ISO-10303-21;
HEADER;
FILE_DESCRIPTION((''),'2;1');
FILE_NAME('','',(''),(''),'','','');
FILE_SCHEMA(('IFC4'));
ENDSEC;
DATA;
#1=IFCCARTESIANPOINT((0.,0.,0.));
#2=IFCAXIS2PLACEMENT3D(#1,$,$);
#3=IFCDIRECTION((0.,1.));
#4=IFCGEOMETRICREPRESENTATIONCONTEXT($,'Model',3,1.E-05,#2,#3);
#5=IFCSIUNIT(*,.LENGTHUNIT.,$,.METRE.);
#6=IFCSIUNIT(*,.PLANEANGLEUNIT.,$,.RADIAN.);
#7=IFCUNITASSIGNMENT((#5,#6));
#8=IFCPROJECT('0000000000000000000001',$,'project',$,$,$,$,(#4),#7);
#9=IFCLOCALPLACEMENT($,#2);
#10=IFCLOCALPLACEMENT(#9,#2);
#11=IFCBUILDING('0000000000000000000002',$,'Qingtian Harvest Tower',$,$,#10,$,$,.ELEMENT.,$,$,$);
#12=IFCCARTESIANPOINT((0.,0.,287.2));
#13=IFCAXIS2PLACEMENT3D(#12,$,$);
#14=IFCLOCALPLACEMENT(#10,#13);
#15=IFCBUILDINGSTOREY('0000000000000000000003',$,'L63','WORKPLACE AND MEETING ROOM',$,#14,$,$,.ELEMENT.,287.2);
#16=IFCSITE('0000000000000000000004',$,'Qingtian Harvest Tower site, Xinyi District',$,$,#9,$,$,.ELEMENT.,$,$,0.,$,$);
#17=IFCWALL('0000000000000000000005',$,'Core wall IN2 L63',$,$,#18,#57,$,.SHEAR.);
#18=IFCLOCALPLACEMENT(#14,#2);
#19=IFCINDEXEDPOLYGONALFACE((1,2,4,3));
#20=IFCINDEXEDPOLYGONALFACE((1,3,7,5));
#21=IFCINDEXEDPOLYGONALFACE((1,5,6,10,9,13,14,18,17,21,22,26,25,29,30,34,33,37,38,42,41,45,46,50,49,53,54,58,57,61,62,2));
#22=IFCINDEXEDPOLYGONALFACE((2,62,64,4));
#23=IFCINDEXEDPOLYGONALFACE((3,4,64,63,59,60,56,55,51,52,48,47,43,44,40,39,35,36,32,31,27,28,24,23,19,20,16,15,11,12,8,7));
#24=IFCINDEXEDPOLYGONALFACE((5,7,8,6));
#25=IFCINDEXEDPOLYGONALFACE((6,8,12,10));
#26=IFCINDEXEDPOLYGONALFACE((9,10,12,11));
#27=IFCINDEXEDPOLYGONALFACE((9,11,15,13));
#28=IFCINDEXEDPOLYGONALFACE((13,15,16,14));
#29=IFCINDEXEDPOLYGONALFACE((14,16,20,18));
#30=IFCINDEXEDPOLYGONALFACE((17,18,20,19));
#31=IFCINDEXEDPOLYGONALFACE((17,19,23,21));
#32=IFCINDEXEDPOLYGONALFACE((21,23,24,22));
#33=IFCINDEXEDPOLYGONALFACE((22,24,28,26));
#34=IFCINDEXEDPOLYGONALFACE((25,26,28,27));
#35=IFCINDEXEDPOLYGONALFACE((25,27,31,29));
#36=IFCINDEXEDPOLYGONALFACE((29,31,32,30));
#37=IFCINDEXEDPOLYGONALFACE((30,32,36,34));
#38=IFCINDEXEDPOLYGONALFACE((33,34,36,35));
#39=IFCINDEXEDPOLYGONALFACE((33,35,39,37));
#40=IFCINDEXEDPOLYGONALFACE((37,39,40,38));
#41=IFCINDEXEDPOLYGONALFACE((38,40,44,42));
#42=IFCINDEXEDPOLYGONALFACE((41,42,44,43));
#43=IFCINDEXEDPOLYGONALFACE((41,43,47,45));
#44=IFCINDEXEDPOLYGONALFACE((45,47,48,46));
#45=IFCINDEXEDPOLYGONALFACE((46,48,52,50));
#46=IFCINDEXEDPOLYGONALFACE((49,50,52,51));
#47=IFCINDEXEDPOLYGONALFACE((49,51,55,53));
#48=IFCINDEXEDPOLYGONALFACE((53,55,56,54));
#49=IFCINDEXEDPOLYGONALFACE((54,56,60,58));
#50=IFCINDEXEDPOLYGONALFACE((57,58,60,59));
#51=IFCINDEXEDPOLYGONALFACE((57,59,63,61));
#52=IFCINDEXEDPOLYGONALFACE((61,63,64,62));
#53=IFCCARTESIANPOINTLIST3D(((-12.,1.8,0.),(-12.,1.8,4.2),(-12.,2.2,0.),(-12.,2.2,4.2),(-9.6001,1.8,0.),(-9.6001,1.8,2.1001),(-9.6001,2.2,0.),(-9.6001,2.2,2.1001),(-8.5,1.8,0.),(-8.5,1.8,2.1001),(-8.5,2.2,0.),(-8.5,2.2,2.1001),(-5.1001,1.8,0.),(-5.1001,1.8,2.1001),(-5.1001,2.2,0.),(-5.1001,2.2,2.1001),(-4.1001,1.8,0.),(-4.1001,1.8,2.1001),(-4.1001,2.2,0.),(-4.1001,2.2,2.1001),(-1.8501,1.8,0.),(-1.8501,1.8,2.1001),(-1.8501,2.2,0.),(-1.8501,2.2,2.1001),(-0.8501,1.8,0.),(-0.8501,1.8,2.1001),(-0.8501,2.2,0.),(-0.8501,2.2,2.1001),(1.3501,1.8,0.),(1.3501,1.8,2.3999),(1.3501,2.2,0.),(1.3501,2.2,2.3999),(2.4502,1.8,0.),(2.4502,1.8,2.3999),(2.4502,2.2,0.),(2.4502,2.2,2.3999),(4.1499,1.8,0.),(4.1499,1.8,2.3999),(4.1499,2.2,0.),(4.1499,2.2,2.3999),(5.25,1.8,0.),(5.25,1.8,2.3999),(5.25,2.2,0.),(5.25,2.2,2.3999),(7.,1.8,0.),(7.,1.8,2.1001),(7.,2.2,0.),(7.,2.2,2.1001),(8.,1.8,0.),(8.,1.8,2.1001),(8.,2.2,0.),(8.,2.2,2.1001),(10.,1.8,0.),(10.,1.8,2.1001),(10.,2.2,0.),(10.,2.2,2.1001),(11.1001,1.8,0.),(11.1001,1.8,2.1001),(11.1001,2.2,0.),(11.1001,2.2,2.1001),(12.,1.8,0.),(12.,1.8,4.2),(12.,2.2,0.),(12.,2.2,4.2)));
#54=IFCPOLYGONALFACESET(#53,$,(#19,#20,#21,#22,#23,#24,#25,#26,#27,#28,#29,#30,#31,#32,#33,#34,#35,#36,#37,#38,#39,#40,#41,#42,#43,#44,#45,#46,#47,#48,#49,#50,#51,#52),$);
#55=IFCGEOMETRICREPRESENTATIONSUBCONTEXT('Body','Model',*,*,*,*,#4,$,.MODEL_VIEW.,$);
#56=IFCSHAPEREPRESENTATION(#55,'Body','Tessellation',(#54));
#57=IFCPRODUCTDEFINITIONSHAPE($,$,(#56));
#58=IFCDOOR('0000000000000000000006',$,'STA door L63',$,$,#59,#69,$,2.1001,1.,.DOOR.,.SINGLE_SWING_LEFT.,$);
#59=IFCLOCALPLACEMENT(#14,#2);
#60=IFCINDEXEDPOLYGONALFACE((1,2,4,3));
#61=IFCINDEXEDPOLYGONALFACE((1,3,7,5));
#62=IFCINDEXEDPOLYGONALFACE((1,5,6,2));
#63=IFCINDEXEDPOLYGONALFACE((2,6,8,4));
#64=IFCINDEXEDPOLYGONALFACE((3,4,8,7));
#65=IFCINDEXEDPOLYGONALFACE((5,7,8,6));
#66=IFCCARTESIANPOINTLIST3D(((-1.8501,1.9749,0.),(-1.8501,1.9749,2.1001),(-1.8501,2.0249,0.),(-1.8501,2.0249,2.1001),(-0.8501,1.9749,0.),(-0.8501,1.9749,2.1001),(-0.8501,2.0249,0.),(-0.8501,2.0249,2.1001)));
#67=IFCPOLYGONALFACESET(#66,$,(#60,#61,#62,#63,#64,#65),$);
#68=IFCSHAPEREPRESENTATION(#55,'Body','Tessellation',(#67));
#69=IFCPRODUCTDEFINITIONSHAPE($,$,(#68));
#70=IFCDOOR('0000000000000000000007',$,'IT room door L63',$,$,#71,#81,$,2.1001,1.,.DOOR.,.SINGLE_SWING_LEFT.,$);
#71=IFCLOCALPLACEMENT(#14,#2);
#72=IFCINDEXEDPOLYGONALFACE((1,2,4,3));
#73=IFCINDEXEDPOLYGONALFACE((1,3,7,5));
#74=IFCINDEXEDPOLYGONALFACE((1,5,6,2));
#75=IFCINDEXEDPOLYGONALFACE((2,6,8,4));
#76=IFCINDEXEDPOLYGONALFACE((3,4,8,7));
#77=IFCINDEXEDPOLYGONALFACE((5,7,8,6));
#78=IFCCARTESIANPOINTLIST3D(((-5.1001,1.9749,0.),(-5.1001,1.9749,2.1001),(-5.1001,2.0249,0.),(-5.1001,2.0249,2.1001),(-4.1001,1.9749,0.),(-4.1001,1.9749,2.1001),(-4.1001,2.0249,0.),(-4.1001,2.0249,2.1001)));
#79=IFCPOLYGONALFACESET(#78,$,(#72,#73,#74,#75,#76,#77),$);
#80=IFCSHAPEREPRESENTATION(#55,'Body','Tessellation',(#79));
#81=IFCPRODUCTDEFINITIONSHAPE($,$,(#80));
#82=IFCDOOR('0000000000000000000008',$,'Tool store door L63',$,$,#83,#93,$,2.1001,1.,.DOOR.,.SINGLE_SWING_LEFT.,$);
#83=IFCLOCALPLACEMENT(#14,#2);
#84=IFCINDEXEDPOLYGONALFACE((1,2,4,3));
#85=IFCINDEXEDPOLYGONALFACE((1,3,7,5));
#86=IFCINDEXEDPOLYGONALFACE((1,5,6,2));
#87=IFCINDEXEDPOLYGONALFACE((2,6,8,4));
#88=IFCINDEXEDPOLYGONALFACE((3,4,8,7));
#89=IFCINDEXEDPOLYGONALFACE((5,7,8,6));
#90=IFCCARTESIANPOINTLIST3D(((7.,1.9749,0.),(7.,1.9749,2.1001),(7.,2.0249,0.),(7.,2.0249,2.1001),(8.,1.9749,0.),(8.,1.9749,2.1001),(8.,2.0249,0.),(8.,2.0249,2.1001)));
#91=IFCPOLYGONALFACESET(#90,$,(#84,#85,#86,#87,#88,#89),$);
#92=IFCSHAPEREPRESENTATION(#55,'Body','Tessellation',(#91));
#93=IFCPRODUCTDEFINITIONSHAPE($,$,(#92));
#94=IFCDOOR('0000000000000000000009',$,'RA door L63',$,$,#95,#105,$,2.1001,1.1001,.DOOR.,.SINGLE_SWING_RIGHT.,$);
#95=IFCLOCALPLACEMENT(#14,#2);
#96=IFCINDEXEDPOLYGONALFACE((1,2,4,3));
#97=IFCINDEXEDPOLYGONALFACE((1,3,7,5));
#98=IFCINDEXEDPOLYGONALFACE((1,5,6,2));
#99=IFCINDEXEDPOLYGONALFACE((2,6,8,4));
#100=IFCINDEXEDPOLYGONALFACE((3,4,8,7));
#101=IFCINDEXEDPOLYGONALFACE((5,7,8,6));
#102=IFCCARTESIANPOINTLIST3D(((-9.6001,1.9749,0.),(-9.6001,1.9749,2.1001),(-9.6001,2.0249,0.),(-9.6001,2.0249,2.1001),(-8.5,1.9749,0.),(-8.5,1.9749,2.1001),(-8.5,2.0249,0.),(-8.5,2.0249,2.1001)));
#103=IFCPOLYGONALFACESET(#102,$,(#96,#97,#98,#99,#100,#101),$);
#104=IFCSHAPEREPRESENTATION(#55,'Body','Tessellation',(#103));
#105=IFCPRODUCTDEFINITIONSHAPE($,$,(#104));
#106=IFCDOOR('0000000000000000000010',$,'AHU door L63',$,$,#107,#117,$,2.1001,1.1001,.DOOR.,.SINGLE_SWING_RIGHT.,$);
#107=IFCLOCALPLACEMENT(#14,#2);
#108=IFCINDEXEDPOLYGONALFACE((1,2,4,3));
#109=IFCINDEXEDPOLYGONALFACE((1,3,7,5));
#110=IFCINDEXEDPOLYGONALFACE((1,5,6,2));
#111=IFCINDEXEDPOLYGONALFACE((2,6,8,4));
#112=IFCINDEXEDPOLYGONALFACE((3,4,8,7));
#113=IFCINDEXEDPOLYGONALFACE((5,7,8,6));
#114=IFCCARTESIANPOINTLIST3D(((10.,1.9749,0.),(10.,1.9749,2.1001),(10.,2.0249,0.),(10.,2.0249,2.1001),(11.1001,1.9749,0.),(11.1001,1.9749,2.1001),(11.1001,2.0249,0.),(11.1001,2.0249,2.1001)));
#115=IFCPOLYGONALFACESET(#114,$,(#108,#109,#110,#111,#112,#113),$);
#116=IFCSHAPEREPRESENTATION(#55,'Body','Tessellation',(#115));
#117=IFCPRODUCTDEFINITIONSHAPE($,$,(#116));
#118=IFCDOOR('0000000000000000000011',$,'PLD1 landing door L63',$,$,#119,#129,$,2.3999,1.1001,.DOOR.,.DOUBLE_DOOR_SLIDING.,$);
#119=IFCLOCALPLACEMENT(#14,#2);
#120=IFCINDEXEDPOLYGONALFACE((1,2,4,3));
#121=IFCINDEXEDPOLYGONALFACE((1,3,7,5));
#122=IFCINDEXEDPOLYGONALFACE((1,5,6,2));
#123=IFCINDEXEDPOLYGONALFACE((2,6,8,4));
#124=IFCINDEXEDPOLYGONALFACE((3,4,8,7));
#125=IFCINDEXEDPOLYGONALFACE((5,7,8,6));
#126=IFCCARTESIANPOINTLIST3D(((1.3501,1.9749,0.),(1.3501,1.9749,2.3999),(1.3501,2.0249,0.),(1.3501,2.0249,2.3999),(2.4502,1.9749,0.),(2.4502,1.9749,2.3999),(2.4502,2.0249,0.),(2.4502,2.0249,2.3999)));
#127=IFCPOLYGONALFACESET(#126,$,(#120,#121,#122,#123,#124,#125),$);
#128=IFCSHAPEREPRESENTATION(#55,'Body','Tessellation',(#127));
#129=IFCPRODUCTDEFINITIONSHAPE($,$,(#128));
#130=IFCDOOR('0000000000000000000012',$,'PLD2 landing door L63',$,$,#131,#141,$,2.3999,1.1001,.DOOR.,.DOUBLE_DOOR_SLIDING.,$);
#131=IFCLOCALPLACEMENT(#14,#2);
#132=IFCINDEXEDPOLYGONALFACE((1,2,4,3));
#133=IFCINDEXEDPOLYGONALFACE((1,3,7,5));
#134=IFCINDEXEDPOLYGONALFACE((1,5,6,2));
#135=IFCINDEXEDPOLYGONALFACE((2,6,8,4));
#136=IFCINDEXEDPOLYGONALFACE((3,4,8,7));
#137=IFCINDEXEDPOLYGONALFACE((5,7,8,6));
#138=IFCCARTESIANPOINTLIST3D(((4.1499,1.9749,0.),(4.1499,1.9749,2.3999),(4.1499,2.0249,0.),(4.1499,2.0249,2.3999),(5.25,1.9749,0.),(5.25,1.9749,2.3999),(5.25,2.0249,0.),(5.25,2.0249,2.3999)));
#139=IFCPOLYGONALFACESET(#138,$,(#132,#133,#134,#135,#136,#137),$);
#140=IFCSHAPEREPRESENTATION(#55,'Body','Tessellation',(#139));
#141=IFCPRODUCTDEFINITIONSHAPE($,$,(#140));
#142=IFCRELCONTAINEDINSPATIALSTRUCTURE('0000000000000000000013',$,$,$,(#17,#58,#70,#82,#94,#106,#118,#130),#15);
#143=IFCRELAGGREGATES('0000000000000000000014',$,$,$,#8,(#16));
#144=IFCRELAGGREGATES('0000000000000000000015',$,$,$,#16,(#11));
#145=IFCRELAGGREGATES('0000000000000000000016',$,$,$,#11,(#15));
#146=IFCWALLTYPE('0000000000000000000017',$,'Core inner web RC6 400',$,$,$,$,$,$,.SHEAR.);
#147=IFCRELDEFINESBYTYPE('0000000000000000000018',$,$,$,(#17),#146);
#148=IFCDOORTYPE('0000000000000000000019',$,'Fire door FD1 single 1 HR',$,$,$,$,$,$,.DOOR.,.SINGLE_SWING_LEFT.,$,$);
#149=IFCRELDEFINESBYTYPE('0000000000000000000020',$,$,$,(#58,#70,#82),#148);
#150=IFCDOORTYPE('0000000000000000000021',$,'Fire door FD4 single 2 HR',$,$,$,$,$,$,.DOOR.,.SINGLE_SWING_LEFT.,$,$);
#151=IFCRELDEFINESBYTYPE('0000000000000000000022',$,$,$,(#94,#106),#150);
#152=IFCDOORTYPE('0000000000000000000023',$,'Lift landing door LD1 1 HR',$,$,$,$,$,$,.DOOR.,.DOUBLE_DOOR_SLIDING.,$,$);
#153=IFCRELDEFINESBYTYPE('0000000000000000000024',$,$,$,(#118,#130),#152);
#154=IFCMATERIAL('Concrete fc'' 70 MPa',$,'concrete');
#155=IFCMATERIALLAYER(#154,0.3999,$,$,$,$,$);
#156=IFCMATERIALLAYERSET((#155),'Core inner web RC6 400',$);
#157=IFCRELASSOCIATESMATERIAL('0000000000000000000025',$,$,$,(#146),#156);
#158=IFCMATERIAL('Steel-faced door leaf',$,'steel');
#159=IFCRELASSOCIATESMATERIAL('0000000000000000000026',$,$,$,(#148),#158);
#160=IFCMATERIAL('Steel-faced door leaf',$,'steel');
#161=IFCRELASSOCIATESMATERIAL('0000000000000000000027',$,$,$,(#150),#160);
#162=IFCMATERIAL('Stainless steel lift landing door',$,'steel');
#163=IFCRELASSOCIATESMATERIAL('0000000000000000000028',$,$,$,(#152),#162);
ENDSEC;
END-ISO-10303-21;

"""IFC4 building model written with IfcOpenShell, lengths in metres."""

from ifc_helpers import new_model, si_unit, direction, frame, frame_2d, origin, place, context, subcontext, project, spatial, rectangle, extrude, material, layer, layer_set, type_object, element, fill, save


model = new_model("IFC4")

# Units and contexts
model_context = context("Model", 3, precision=1e-05, world=origin(), true_north=direction((0.0, 1.0)))
body_context = subcontext(model_context, "Body", "Model", "MODEL_VIEW")
ifc_project = project(units=[si_unit("LENGTHUNIT", "METRE"), si_unit("PLANEANGLEUNIT", "RADIAN")], contexts=[model_context])

# Site, building, storey
site_placement = place(None, origin())
site = spatial("IfcSite", under=ifc_project, at=site_placement, Name="Qingtian Harvest Tower site, Xinyi District", CompositionType="ELEMENT", RefElevation=0.0)
building_placement = place(site_placement, origin())
building = spatial("IfcBuilding", under=site, at=building_placement, Name="Qingtian Harvest Tower", CompositionType="ELEMENT")
storey_placement = place(building_placement, frame((0.0, 0.0, 287.2)))
storey = spatial("IfcBuildingStorey", under=building, at=storey_placement, Name="L63", Description="WORKPLACE AND MEETING ROOM", CompositionType="ELEMENT", Elevation=287.2)

# Wall, openings, doors
ifc_material_1 = material(Name="Concrete fc' 70 MPa", Category="concrete")
ifc_layer_1 = layer(ifc_material_1, 0.3999)
ifc_layer_set_1 = layer_set([ifc_layer_1], Name="Core inner web RC6 400")
wall_type_1 = type_object("IfcWallType", Name="Core inner web RC6 400", PredefinedType="SHEAR", material=ifc_layer_set_1)
wall_1_placement = place(storey_placement, frame((-12.0, 2.0, 0.0), z_axis=(0.0, 0.0, 1.0), x_axis=(1.0, 0.0, 0.0)))
wall_1 = element("IfcWall", 1, at=wall_1_placement, inside=storey, type_object=wall_type_1, Name="Core wall IN2 L63", PredefinedType="SHEAR", context=body_context, shape_type="SweptSolid", body=[
    extrude(rectangle(XDim=24.0, YDim=0.3999, at=frame_2d((12.0, 0.0))), origin(), (0.0, 0.0, 1.0), 4.2),
])
opening_1_placement = place(wall_1_placement, frame((2.3999, 0.0, 0.0)))
opening_1 = element("IfcOpeningElement", 2, at=opening_1_placement, cuts=wall_1, PredefinedType="OPENING", context=body_context, shape_type="SweptSolid", body=[
    extrude(rectangle(XDim=1.1001, YDim=2.1001, at=frame_2d((0.55, 1.05))), frame((0.0, 0.21, 0.0), z_axis=(0.0, -1.0, 0.0), x_axis=(1.0, 0.0, 0.0)), (0.0, 0.0, 1.0), 0.4199),
])
opening_2_placement = place(wall_1_placement, frame((22.0, 0.0, 0.0)))
opening_2 = element("IfcOpeningElement", 3, at=opening_2_placement, cuts=wall_1, PredefinedType="OPENING", context=body_context, shape_type="SweptSolid", body=[
    extrude(rectangle(XDim=1.1001, YDim=2.1001, at=frame_2d((0.55, 1.05))), frame((0.0, 0.21, 0.0), z_axis=(0.0, -1.0, 0.0), x_axis=(1.0, 0.0, 0.0)), (0.0, 0.0, 1.0), 0.4199),
])
opening_3_placement = place(wall_1_placement, frame((10.1499, 0.0, 0.0)))
opening_3 = element("IfcOpeningElement", 4, at=opening_3_placement, cuts=wall_1, PredefinedType="OPENING", context=body_context, shape_type="SweptSolid", body=[
    extrude(rectangle(XDim=1.0, YDim=2.1001, at=frame_2d((0.5, 1.05))), frame((0.0, 0.21, 0.0), z_axis=(0.0, -1.0, 0.0), x_axis=(1.0, 0.0, 0.0)), (0.0, 0.0, 1.0), 0.4199),
])
opening_4_placement = place(wall_1_placement, frame((6.8999, 0.0, 0.0)))
opening_4 = element("IfcOpeningElement", 5, at=opening_4_placement, cuts=wall_1, PredefinedType="OPENING", context=body_context, shape_type="SweptSolid", body=[
    extrude(rectangle(XDim=1.0, YDim=2.1001, at=frame_2d((0.5, 1.05))), frame((0.0, 0.21, 0.0), z_axis=(0.0, -1.0, 0.0), x_axis=(1.0, 0.0, 0.0)), (0.0, 0.0, 1.0), 0.4199),
])
opening_5_placement = place(wall_1_placement, frame((13.3501, 0.0, 0.0)))
opening_5 = element("IfcOpeningElement", 6, at=opening_5_placement, cuts=wall_1, PredefinedType="OPENING", context=body_context, shape_type="SweptSolid", body=[
    extrude(rectangle(XDim=1.1001, YDim=2.3999, at=frame_2d((0.55, 1.2))), frame((0.0, 0.21, 0.0), z_axis=(0.0, -1.0, 0.0), x_axis=(1.0, 0.0, 0.0)), (0.0, 0.0, 1.0), 0.4199),
])
opening_6_placement = place(wall_1_placement, frame((16.1499, 0.0, 0.0)))
opening_6 = element("IfcOpeningElement", 7, at=opening_6_placement, cuts=wall_1, PredefinedType="OPENING", context=body_context, shape_type="SweptSolid", body=[
    extrude(rectangle(XDim=1.1001, YDim=2.3999, at=frame_2d((0.55, 1.2))), frame((0.0, 0.21, 0.0), z_axis=(0.0, -1.0, 0.0), x_axis=(1.0, 0.0, 0.0)), (0.0, 0.0, 1.0), 0.4199),
])
opening_7_placement = place(wall_1_placement, frame((19.0, 0.0, 0.0)))
opening_7 = element("IfcOpeningElement", 8, at=opening_7_placement, cuts=wall_1, PredefinedType="OPENING", context=body_context, shape_type="SweptSolid", body=[
    extrude(rectangle(XDim=1.0, YDim=2.1001, at=frame_2d((0.5, 1.05))), frame((0.0, 0.21, 0.0), z_axis=(0.0, -1.0, 0.0), x_axis=(1.0, 0.0, 0.0)), (0.0, 0.0, 1.0), 0.4199),
])
ifc_material_2 = material(Name="Steel-faced door leaf", Category="steel")
door_type_1 = type_object("IfcDoorType", Name="Fire door FD1 single 1 HR", OperationType="SINGLE_SWING_LEFT", PredefinedType="DOOR", material=ifc_material_2)
door_1_placement = place(opening_3_placement, origin())
door_1 = element("IfcDoor", 9, at=door_1_placement, inside=storey, type_object=door_type_1, Name="STA door L63", OperationType="SINGLE_SWING_LEFT", OverallHeight=2.1001, OverallWidth=1.0, PredefinedType="DOOR", context=body_context, shape_type="SweptSolid", body=[
    extrude(rectangle(XDim=1.0, YDim=2.1001, at=frame_2d((0.5, 1.05))), frame((0.0, 0.0249, 0.0), z_axis=(0.0, -1.0, 0.0), x_axis=(1.0, 0.0, 0.0)), (0.0, 0.0, 1.0), 0.05),
])
fill(opening_3, door_1)
door_2_placement = place(opening_4_placement, origin())
door_2 = element("IfcDoor", 10, at=door_2_placement, inside=storey, type_object=door_type_1, Name="IT room door L63", OperationType="SINGLE_SWING_LEFT", OverallHeight=2.1001, OverallWidth=1.0, PredefinedType="DOOR", context=body_context, shape_type="SweptSolid", body=[
    extrude(rectangle(XDim=1.0, YDim=2.1001, at=frame_2d((0.5, 1.05))), frame((0.0, 0.0249, 0.0), z_axis=(0.0, -1.0, 0.0), x_axis=(1.0, 0.0, 0.0)), (0.0, 0.0, 1.0), 0.05),
])
fill(opening_4, door_2)
door_3_placement = place(opening_7_placement, origin())
door_3 = element("IfcDoor", 11, at=door_3_placement, inside=storey, type_object=door_type_1, Name="Tool store door L63", OperationType="SINGLE_SWING_LEFT", OverallHeight=2.1001, OverallWidth=1.0, PredefinedType="DOOR", context=body_context, shape_type="SweptSolid", body=[
    extrude(rectangle(XDim=1.0, YDim=2.1001, at=frame_2d((0.5, 1.05))), frame((0.0, 0.0249, 0.0), z_axis=(0.0, -1.0, 0.0), x_axis=(1.0, 0.0, 0.0)), (0.0, 0.0, 1.0), 0.05),
])
fill(opening_7, door_3)
ifc_material_3 = material(Name="Steel-faced door leaf", Category="steel")
door_type_2 = type_object("IfcDoorType", Name="Fire door FD4 single 2 HR", OperationType="SINGLE_SWING_LEFT", PredefinedType="DOOR", material=ifc_material_3)
door_4_placement = place(opening_1_placement, origin())
door_4 = element("IfcDoor", 12, at=door_4_placement, inside=storey, type_object=door_type_2, Name="RA door L63", OperationType="SINGLE_SWING_RIGHT", OverallHeight=2.1001, OverallWidth=1.1001, PredefinedType="DOOR", context=body_context, shape_type="SweptSolid", body=[
    extrude(rectangle(XDim=1.1001, YDim=2.1001, at=frame_2d((0.55, 1.05))), frame((0.0, 0.0249, 0.0), z_axis=(0.0, -1.0, 0.0), x_axis=(1.0, 0.0, 0.0)), (0.0, 0.0, 1.0), 0.05),
])
fill(opening_1, door_4)
door_5_placement = place(opening_2_placement, origin())
door_5 = element("IfcDoor", 13, at=door_5_placement, inside=storey, type_object=door_type_2, Name="AHU door L63", OperationType="SINGLE_SWING_RIGHT", OverallHeight=2.1001, OverallWidth=1.1001, PredefinedType="DOOR", context=body_context, shape_type="SweptSolid", body=[
    extrude(rectangle(XDim=1.1001, YDim=2.1001, at=frame_2d((0.55, 1.05))), frame((0.0, 0.0249, 0.0), z_axis=(0.0, -1.0, 0.0), x_axis=(1.0, 0.0, 0.0)), (0.0, 0.0, 1.0), 0.05),
])
fill(opening_2, door_5)
ifc_material_4 = material(Name="Stainless steel lift landing door", Category="steel")
door_type_3 = type_object("IfcDoorType", Name="Lift landing door LD1 1 HR", OperationType="DOUBLE_DOOR_SLIDING", PredefinedType="DOOR", material=ifc_material_4)
door_6_placement = place(opening_5_placement, origin())
door_6 = element("IfcDoor", 14, at=door_6_placement, inside=storey, type_object=door_type_3, Name="PLD1 landing door L63", OperationType="DOUBLE_DOOR_SLIDING", OverallHeight=2.3999, OverallWidth=1.1001, PredefinedType="DOOR", context=body_context, shape_type="SweptSolid", body=[
    extrude(rectangle(XDim=1.1001, YDim=2.3999, at=frame_2d((0.55, 1.2))), frame((0.0, 0.0249, 0.0), z_axis=(0.0, -1.0, 0.0), x_axis=(1.0, 0.0, 0.0)), (0.0, 0.0, 1.0), 0.05),
])
fill(opening_5, door_6)
door_7_placement = place(opening_6_placement, origin())
door_7 = element("IfcDoor", 15, at=door_7_placement, inside=storey, type_object=door_type_3, Name="PLD2 landing door L63", OperationType="DOUBLE_DOOR_SLIDING", OverallHeight=2.3999, OverallWidth=1.1001, PredefinedType="DOOR", context=body_context, shape_type="SweptSolid", body=[
    extrude(rectangle(XDim=1.1001, YDim=2.3999, at=frame_2d((0.55, 1.2))), frame((0.0, 0.0249, 0.0), z_axis=(0.0, -1.0, 0.0), x_axis=(1.0, 0.0, 0.0)), (0.0, 0.0, 1.0), 0.05),
])
fill(opening_6, door_7)

save(model, "model.ifc")
